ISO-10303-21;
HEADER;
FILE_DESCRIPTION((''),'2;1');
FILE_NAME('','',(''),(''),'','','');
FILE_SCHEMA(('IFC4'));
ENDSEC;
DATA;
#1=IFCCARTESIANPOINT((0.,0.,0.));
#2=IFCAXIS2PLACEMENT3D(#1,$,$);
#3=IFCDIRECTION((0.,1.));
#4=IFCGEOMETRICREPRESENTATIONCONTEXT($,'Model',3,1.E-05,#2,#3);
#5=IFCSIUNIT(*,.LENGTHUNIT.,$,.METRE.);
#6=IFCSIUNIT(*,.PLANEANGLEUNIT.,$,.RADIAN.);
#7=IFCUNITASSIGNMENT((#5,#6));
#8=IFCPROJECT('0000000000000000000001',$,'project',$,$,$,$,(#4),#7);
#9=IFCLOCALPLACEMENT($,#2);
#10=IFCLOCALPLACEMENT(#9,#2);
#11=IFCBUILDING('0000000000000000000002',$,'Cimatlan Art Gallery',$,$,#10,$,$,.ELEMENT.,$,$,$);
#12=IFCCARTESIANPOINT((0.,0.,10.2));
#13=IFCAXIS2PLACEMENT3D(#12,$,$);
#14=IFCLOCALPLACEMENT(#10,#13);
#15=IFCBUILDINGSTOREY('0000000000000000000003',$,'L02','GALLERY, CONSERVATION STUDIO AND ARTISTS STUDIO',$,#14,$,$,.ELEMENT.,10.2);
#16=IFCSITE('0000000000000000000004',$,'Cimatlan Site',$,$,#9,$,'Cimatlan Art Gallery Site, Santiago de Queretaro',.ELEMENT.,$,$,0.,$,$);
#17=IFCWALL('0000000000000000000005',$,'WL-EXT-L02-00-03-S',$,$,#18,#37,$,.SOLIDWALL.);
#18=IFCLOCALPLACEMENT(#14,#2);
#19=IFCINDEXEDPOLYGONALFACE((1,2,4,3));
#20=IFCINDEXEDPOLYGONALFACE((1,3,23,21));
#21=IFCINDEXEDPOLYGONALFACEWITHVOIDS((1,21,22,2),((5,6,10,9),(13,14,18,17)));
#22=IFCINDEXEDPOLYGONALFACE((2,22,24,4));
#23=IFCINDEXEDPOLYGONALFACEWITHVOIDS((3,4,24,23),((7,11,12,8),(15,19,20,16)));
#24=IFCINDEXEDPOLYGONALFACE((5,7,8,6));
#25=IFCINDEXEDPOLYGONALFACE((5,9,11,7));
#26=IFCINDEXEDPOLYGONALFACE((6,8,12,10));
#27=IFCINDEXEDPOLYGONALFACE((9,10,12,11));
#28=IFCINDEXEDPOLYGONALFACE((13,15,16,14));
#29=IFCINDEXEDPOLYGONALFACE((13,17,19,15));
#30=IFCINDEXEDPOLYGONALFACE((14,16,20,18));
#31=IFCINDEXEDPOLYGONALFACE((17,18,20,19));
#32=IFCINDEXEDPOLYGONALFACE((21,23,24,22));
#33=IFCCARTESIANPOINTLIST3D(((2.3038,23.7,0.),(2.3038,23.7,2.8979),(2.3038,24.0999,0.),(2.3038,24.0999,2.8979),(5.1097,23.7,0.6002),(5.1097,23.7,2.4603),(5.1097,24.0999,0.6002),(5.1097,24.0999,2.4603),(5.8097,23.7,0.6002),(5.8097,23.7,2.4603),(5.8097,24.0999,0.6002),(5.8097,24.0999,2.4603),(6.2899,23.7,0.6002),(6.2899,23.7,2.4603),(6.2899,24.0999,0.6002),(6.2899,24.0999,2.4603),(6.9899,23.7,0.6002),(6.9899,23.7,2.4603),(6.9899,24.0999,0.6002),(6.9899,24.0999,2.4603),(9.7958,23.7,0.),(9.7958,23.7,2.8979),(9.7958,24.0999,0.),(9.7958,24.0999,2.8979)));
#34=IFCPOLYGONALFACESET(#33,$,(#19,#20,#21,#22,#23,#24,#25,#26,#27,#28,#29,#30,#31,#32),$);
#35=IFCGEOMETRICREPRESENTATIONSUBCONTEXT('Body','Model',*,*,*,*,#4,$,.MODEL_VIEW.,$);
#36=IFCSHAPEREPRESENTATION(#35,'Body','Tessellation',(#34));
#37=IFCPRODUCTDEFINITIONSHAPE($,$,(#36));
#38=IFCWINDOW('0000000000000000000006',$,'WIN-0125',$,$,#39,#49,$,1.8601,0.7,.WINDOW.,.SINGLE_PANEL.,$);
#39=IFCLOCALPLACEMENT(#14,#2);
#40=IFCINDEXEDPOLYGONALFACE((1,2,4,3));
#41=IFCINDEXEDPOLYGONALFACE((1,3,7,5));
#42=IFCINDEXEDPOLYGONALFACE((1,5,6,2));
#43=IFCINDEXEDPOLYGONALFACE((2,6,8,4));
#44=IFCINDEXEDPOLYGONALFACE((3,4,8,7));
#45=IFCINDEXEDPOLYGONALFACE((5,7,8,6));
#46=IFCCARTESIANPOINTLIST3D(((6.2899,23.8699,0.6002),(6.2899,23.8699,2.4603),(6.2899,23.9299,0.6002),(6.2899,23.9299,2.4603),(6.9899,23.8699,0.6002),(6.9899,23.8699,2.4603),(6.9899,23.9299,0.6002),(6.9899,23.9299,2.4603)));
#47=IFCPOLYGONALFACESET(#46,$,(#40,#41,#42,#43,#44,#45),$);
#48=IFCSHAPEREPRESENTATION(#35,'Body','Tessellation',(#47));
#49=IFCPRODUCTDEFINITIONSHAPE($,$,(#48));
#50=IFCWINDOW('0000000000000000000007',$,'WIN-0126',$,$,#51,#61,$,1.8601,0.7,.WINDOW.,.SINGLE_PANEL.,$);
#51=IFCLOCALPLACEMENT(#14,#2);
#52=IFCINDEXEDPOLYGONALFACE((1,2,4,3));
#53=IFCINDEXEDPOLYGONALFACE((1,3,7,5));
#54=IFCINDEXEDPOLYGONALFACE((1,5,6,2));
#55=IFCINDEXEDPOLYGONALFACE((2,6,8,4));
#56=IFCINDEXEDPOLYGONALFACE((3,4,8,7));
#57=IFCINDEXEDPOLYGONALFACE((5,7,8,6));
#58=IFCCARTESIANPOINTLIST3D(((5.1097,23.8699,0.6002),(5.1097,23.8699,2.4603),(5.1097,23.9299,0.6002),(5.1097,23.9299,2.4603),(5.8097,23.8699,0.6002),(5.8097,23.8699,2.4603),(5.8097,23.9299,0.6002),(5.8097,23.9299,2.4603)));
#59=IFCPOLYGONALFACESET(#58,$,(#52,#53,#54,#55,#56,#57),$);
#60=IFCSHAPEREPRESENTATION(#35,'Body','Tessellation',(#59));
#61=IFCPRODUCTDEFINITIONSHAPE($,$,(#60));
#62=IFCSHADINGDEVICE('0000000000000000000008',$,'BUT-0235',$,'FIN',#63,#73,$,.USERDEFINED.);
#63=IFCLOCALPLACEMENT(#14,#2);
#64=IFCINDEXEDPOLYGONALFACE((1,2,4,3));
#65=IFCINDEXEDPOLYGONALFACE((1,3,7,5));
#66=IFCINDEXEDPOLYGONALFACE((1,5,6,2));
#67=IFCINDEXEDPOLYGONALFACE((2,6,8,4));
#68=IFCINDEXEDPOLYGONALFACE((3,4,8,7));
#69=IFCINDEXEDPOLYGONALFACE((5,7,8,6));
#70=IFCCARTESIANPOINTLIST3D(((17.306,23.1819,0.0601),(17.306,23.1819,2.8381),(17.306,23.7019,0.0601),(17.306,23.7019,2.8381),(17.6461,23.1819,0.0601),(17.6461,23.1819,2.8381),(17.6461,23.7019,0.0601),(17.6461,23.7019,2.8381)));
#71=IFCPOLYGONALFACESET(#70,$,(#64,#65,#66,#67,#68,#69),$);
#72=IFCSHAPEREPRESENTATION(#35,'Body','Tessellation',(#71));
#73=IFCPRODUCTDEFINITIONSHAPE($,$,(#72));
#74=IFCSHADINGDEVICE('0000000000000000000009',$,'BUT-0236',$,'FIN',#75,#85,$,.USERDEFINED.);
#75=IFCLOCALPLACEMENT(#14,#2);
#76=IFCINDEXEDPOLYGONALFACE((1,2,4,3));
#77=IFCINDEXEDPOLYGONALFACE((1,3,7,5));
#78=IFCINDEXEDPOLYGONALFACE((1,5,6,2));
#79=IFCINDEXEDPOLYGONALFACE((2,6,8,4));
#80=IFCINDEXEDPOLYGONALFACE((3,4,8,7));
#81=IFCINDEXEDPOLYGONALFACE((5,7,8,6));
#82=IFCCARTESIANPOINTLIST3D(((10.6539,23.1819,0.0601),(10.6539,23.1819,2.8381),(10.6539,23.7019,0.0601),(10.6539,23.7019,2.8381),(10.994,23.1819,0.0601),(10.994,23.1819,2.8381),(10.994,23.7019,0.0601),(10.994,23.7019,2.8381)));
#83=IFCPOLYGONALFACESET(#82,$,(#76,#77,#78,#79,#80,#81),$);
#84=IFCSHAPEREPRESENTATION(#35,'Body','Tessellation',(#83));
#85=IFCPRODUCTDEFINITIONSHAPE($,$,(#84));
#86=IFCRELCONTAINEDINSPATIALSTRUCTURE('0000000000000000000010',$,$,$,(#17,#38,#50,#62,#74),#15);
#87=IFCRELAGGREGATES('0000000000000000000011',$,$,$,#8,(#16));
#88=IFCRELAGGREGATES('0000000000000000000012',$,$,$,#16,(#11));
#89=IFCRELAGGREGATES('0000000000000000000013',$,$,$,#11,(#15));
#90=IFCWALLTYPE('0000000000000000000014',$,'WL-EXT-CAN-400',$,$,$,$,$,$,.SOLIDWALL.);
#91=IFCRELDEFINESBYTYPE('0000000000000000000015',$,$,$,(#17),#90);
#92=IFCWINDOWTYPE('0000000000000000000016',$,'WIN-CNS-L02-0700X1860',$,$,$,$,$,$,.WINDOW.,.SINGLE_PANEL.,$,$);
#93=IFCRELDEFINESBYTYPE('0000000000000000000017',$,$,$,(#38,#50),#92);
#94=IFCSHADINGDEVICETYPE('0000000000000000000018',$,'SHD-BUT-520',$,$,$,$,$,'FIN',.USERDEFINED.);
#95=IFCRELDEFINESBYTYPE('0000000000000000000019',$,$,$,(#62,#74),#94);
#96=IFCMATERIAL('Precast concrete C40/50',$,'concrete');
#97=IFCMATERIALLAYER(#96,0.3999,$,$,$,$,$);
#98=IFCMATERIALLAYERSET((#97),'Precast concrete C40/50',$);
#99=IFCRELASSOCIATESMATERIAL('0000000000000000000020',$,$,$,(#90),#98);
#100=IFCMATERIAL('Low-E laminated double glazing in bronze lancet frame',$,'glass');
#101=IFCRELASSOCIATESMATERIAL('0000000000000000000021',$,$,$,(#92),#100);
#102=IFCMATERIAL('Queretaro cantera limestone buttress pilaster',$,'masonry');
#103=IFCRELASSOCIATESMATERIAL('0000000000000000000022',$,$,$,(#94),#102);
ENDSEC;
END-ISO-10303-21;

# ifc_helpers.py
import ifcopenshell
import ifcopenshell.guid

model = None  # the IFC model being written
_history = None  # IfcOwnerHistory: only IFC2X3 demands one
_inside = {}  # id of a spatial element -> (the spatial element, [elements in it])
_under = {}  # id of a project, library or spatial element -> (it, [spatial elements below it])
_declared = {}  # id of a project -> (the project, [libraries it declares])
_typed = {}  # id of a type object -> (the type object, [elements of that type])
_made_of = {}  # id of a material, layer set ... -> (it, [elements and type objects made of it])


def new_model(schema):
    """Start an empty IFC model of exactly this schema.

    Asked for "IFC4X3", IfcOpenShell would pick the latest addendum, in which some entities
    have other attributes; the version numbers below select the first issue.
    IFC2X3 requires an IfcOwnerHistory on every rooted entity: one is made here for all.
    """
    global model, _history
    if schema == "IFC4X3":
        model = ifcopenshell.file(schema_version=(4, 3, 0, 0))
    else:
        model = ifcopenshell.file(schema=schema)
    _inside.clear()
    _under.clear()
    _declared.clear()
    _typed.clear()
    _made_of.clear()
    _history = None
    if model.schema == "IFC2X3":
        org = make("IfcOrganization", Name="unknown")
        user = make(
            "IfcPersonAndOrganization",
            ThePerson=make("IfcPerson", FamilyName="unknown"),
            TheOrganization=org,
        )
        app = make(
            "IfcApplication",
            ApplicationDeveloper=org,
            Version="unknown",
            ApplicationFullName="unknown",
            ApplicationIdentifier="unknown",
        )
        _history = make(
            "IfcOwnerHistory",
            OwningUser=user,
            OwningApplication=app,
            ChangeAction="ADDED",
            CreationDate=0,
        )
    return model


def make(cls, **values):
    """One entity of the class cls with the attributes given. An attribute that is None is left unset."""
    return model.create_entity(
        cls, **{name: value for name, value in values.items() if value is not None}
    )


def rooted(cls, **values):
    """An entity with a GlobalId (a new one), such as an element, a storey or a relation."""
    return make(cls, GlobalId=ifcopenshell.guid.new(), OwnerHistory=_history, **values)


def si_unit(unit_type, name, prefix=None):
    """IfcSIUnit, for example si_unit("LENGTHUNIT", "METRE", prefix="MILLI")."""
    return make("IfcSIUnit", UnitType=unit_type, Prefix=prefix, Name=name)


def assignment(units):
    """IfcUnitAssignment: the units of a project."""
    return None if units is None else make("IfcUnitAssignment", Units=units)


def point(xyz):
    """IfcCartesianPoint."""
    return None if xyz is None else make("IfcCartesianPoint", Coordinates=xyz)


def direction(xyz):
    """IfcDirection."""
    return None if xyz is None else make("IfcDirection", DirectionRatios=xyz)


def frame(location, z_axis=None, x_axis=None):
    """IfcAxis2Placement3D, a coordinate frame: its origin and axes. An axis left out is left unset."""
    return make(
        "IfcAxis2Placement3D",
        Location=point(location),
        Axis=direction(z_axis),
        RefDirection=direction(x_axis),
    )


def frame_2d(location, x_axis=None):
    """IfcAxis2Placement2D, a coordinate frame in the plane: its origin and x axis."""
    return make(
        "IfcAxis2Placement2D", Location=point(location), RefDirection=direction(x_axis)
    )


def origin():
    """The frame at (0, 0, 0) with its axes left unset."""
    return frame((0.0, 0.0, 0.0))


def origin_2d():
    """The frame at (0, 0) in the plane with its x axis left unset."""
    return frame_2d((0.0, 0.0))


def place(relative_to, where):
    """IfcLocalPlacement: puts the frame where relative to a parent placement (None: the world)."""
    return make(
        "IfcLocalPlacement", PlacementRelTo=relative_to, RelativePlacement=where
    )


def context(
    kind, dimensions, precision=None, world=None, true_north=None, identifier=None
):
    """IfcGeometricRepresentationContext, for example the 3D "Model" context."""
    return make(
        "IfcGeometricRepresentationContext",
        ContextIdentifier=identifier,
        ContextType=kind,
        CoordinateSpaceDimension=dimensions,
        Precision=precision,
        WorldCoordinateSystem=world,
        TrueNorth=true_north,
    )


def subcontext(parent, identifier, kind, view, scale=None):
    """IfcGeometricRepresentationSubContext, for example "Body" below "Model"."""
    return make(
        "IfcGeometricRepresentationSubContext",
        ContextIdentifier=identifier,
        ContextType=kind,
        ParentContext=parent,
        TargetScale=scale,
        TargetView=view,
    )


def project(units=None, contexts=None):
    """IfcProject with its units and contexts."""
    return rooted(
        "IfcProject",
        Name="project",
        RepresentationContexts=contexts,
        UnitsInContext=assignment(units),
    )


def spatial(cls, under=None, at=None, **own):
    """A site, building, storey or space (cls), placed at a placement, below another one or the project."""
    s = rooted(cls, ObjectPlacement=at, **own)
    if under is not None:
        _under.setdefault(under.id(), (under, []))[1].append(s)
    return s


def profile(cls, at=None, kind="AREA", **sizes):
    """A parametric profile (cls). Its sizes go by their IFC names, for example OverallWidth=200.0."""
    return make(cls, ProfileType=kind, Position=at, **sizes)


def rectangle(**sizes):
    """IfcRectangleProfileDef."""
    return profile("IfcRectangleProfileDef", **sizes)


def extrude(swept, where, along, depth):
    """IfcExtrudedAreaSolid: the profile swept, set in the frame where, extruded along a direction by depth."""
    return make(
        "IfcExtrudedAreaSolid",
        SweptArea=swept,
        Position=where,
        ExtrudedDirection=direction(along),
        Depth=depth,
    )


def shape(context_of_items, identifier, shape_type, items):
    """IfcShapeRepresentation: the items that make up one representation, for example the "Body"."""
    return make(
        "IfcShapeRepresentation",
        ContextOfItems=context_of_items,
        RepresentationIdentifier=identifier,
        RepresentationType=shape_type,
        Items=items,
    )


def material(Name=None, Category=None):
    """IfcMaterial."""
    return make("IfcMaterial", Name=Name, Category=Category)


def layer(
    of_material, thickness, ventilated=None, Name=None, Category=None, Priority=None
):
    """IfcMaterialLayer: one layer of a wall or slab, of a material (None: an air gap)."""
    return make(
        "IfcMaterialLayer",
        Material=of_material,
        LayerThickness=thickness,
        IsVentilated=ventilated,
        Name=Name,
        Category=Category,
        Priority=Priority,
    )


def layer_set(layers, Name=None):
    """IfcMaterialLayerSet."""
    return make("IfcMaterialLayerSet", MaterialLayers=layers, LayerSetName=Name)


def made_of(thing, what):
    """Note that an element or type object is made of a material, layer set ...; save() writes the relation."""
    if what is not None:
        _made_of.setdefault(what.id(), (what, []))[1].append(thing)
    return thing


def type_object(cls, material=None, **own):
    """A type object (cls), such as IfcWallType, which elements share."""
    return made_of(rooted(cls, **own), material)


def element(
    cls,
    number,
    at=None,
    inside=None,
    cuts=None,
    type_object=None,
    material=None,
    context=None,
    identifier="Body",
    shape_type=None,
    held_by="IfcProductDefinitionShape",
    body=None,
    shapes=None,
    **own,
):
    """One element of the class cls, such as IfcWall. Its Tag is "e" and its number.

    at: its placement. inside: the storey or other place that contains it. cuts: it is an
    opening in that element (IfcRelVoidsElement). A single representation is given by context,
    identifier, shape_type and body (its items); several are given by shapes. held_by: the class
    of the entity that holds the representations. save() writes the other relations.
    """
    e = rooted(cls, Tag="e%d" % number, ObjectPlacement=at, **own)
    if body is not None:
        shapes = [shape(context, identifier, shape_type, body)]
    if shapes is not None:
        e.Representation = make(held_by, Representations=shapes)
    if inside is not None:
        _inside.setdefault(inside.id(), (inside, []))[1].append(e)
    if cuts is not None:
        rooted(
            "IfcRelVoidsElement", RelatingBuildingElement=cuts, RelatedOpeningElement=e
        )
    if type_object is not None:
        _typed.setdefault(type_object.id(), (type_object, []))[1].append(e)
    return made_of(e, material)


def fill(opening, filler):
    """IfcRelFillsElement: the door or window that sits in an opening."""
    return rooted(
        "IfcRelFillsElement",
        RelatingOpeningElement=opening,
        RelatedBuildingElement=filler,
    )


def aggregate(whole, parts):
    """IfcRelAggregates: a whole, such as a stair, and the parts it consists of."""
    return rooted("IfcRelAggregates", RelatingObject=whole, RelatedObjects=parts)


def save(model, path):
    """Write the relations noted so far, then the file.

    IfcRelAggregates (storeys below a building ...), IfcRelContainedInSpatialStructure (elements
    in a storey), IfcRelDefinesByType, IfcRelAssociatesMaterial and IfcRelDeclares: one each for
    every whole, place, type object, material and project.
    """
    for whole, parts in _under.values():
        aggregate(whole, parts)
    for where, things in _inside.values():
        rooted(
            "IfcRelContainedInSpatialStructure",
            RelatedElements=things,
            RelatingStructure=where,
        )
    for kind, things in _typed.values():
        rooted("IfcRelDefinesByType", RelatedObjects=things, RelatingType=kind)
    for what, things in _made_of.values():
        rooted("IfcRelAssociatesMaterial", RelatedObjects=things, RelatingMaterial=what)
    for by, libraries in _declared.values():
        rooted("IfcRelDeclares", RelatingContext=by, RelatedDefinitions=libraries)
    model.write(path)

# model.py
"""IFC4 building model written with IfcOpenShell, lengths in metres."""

from ifc_helpers import new_model, si_unit, direction, frame, frame_2d, origin, origin_2d, place, context, subcontext, project, spatial, rectangle, extrude, material, layer, layer_set, type_object, element, fill, save


model = new_model("IFC4")

# Units and contexts
model_context = context("Model", 3, precision=1e-05, world=origin(), true_north=direction((0.0, 1.0)))
body_context = subcontext(model_context, "Body", "Model", "MODEL_VIEW")
ifc_project = project(units=[si_unit("LENGTHUNIT", "METRE"), si_unit("PLANEANGLEUNIT", "RADIAN")], contexts=[model_context])

# Site, building, storey
site_placement = place(None, origin())
site = spatial("IfcSite", under=ifc_project, at=site_placement, Name="Cimatlan Site", LongName="Cimatlan Art Gallery Site, Santiago de Queretaro", CompositionType="ELEMENT", RefElevation=0.0)
building_placement = place(site_placement, origin())
building = spatial("IfcBuilding", under=site, at=building_placement, Name="Cimatlan Art Gallery", CompositionType="ELEMENT")
storey_placement = place(building_placement, frame((0.0, 0.0, 10.2)))
storey = spatial("IfcBuildingStorey", under=building, at=storey_placement, Name="L02", Description="GALLERY, CONSERVATION STUDIO AND ARTISTS STUDIO", CompositionType="ELEMENT", Elevation=10.2)

# Wall, openings, windows
ifc_material_1 = material(Name="Precast concrete C40/50", Category="concrete")
ifc_layer = layer(ifc_material_1, 0.3999)
ifc_layer_set = layer_set([ifc_layer], Name="Precast concrete C40/50")
wall_type = type_object("IfcWallType", Name="WL-EXT-CAN-400", PredefinedType="SOLIDWALL", material=ifc_layer_set)
wall_1_placement = place(storey_placement, frame((9.7959, 23.8999, 0.0), z_axis=(0.0, 0.0, 1.0), x_axis=(-1.0, 0.0, 0.0)))
wall_1 = element("IfcWall", 1, at=wall_1_placement, inside=storey, type_object=wall_type, Name="WL-EXT-L02-00-03-S", PredefinedType="SOLIDWALL", context=body_context, shape_type="SweptSolid", body=[
    extrude(rectangle(XDim=7.4919, YDim=0.3999, at=frame_2d((3.7461, 0.0))), origin(), (0.0, 0.0, 1.0), 2.8979),
])
opening_1_placement = place(wall_1_placement, frame((2.8059, 0.0, 0.6001)))
opening_1 = element("IfcOpeningElement", 2, at=opening_1_placement, cuts=wall_1, PredefinedType="OPENING", context=body_context, shape_type="SweptSolid", body=[
    extrude(rectangle(XDim=0.7, YDim=1.8601, at=frame_2d((0.3501, 0.9302))), frame((0.0, 0.21, 0.0), z_axis=(0.0, -1.0, 0.0), x_axis=(1.0, 0.0, 0.0)), (0.0, 0.0, 1.0), 0.4199),
])
opening_2_placement = place(wall_1_placement, frame((3.9861, 0.0, 0.6001)))
opening_2 = element("IfcOpeningElement", 3, at=opening_2_placement, cuts=wall_1, PredefinedType="OPENING", context=body_context, shape_type="SweptSolid", body=[
    extrude(rectangle(XDim=0.7, YDim=1.8601, at=frame_2d((0.3501, 0.9302))), frame((0.0, 0.21, 0.0), z_axis=(0.0, -1.0, 0.0), x_axis=(1.0, 0.0, 0.0)), (0.0, 0.0, 1.0), 0.4199),
])
ifc_material_2 = material(Name="Low-E laminated double glazing in bronze lancet frame", Category="glass")
window_type = type_object("IfcWindowType", Name="WIN-CNS-L02-0700X1860", PartitioningType="SINGLE_PANEL", PredefinedType="WINDOW", material=ifc_material_2)
window_1_placement = place(opening_1_placement, origin())
window_1 = element("IfcWindow", 4, at=window_1_placement, inside=storey, type_object=window_type, Name="WIN-0125", OverallHeight=1.8601, OverallWidth=0.7, PartitioningType="SINGLE_PANEL", PredefinedType="WINDOW", context=body_context, shape_type="SweptSolid", body=[
    extrude(rectangle(XDim=0.7, YDim=1.8601, at=frame_2d((0.3501, 0.9302))), frame((0.0, 0.03, 0.0), z_axis=(0.0, -1.0, 0.0), x_axis=(1.0, 0.0, 0.0)), (0.0, 0.0, 1.0), 0.0601),
])
fill(opening_1, window_1)
window_2_placement = place(opening_2_placement, origin())
window_2 = element("IfcWindow", 5, at=window_2_placement, inside=storey, type_object=window_type, Name="WIN-0126", OverallHeight=1.8601, OverallWidth=0.7, PartitioningType="SINGLE_PANEL", PredefinedType="WINDOW", context=body_context, shape_type="SweptSolid", body=[
    extrude(rectangle(XDim=0.7, YDim=1.8601, at=frame_2d((0.3501, 0.9302))), frame((0.0, 0.03, 0.0), z_axis=(0.0, -1.0, 0.0), x_axis=(1.0, 0.0, 0.0)), (0.0, 0.0, 1.0), 0.0601),
])
fill(opening_2, window_2)

# Shading devices
ifc_material_3 = material(Name="Queretaro cantera limestone buttress pilaster", Category="masonry")
shading_device_type = type_object("IfcShadingDeviceType", Name="SHD-BUT-520", ElementType="FIN", PredefinedType="USERDEFINED", material=ifc_material_3)
for number, where, z_axis, x_axis, name in (
    (6, (17.4761, 23.4419, 0.0601), (0.0, 0.0, 1.0), (-1.0, 0.0, 0.0), "BUT-0235"),
    (7, (10.824, 23.4419, 0.0601), (0.0, 0.0, 1.0), (-1.0, 0.0, 0.0), "BUT-0236"),
):
    element("IfcShadingDevice", number, at=place(storey_placement, frame(where, z_axis=z_axis, x_axis=x_axis)), inside=storey, type_object=shading_device_type, Name=name, ObjectType="FIN", PredefinedType="USERDEFINED", context=body_context, shape_type="SweptSolid", body=[
        extrude(rectangle(XDim=0.3401, YDim=0.52, at=origin_2d()), origin(), (0.0, 0.0, 1.0), 2.7781),
    ])

save(model, "model.ifc")
